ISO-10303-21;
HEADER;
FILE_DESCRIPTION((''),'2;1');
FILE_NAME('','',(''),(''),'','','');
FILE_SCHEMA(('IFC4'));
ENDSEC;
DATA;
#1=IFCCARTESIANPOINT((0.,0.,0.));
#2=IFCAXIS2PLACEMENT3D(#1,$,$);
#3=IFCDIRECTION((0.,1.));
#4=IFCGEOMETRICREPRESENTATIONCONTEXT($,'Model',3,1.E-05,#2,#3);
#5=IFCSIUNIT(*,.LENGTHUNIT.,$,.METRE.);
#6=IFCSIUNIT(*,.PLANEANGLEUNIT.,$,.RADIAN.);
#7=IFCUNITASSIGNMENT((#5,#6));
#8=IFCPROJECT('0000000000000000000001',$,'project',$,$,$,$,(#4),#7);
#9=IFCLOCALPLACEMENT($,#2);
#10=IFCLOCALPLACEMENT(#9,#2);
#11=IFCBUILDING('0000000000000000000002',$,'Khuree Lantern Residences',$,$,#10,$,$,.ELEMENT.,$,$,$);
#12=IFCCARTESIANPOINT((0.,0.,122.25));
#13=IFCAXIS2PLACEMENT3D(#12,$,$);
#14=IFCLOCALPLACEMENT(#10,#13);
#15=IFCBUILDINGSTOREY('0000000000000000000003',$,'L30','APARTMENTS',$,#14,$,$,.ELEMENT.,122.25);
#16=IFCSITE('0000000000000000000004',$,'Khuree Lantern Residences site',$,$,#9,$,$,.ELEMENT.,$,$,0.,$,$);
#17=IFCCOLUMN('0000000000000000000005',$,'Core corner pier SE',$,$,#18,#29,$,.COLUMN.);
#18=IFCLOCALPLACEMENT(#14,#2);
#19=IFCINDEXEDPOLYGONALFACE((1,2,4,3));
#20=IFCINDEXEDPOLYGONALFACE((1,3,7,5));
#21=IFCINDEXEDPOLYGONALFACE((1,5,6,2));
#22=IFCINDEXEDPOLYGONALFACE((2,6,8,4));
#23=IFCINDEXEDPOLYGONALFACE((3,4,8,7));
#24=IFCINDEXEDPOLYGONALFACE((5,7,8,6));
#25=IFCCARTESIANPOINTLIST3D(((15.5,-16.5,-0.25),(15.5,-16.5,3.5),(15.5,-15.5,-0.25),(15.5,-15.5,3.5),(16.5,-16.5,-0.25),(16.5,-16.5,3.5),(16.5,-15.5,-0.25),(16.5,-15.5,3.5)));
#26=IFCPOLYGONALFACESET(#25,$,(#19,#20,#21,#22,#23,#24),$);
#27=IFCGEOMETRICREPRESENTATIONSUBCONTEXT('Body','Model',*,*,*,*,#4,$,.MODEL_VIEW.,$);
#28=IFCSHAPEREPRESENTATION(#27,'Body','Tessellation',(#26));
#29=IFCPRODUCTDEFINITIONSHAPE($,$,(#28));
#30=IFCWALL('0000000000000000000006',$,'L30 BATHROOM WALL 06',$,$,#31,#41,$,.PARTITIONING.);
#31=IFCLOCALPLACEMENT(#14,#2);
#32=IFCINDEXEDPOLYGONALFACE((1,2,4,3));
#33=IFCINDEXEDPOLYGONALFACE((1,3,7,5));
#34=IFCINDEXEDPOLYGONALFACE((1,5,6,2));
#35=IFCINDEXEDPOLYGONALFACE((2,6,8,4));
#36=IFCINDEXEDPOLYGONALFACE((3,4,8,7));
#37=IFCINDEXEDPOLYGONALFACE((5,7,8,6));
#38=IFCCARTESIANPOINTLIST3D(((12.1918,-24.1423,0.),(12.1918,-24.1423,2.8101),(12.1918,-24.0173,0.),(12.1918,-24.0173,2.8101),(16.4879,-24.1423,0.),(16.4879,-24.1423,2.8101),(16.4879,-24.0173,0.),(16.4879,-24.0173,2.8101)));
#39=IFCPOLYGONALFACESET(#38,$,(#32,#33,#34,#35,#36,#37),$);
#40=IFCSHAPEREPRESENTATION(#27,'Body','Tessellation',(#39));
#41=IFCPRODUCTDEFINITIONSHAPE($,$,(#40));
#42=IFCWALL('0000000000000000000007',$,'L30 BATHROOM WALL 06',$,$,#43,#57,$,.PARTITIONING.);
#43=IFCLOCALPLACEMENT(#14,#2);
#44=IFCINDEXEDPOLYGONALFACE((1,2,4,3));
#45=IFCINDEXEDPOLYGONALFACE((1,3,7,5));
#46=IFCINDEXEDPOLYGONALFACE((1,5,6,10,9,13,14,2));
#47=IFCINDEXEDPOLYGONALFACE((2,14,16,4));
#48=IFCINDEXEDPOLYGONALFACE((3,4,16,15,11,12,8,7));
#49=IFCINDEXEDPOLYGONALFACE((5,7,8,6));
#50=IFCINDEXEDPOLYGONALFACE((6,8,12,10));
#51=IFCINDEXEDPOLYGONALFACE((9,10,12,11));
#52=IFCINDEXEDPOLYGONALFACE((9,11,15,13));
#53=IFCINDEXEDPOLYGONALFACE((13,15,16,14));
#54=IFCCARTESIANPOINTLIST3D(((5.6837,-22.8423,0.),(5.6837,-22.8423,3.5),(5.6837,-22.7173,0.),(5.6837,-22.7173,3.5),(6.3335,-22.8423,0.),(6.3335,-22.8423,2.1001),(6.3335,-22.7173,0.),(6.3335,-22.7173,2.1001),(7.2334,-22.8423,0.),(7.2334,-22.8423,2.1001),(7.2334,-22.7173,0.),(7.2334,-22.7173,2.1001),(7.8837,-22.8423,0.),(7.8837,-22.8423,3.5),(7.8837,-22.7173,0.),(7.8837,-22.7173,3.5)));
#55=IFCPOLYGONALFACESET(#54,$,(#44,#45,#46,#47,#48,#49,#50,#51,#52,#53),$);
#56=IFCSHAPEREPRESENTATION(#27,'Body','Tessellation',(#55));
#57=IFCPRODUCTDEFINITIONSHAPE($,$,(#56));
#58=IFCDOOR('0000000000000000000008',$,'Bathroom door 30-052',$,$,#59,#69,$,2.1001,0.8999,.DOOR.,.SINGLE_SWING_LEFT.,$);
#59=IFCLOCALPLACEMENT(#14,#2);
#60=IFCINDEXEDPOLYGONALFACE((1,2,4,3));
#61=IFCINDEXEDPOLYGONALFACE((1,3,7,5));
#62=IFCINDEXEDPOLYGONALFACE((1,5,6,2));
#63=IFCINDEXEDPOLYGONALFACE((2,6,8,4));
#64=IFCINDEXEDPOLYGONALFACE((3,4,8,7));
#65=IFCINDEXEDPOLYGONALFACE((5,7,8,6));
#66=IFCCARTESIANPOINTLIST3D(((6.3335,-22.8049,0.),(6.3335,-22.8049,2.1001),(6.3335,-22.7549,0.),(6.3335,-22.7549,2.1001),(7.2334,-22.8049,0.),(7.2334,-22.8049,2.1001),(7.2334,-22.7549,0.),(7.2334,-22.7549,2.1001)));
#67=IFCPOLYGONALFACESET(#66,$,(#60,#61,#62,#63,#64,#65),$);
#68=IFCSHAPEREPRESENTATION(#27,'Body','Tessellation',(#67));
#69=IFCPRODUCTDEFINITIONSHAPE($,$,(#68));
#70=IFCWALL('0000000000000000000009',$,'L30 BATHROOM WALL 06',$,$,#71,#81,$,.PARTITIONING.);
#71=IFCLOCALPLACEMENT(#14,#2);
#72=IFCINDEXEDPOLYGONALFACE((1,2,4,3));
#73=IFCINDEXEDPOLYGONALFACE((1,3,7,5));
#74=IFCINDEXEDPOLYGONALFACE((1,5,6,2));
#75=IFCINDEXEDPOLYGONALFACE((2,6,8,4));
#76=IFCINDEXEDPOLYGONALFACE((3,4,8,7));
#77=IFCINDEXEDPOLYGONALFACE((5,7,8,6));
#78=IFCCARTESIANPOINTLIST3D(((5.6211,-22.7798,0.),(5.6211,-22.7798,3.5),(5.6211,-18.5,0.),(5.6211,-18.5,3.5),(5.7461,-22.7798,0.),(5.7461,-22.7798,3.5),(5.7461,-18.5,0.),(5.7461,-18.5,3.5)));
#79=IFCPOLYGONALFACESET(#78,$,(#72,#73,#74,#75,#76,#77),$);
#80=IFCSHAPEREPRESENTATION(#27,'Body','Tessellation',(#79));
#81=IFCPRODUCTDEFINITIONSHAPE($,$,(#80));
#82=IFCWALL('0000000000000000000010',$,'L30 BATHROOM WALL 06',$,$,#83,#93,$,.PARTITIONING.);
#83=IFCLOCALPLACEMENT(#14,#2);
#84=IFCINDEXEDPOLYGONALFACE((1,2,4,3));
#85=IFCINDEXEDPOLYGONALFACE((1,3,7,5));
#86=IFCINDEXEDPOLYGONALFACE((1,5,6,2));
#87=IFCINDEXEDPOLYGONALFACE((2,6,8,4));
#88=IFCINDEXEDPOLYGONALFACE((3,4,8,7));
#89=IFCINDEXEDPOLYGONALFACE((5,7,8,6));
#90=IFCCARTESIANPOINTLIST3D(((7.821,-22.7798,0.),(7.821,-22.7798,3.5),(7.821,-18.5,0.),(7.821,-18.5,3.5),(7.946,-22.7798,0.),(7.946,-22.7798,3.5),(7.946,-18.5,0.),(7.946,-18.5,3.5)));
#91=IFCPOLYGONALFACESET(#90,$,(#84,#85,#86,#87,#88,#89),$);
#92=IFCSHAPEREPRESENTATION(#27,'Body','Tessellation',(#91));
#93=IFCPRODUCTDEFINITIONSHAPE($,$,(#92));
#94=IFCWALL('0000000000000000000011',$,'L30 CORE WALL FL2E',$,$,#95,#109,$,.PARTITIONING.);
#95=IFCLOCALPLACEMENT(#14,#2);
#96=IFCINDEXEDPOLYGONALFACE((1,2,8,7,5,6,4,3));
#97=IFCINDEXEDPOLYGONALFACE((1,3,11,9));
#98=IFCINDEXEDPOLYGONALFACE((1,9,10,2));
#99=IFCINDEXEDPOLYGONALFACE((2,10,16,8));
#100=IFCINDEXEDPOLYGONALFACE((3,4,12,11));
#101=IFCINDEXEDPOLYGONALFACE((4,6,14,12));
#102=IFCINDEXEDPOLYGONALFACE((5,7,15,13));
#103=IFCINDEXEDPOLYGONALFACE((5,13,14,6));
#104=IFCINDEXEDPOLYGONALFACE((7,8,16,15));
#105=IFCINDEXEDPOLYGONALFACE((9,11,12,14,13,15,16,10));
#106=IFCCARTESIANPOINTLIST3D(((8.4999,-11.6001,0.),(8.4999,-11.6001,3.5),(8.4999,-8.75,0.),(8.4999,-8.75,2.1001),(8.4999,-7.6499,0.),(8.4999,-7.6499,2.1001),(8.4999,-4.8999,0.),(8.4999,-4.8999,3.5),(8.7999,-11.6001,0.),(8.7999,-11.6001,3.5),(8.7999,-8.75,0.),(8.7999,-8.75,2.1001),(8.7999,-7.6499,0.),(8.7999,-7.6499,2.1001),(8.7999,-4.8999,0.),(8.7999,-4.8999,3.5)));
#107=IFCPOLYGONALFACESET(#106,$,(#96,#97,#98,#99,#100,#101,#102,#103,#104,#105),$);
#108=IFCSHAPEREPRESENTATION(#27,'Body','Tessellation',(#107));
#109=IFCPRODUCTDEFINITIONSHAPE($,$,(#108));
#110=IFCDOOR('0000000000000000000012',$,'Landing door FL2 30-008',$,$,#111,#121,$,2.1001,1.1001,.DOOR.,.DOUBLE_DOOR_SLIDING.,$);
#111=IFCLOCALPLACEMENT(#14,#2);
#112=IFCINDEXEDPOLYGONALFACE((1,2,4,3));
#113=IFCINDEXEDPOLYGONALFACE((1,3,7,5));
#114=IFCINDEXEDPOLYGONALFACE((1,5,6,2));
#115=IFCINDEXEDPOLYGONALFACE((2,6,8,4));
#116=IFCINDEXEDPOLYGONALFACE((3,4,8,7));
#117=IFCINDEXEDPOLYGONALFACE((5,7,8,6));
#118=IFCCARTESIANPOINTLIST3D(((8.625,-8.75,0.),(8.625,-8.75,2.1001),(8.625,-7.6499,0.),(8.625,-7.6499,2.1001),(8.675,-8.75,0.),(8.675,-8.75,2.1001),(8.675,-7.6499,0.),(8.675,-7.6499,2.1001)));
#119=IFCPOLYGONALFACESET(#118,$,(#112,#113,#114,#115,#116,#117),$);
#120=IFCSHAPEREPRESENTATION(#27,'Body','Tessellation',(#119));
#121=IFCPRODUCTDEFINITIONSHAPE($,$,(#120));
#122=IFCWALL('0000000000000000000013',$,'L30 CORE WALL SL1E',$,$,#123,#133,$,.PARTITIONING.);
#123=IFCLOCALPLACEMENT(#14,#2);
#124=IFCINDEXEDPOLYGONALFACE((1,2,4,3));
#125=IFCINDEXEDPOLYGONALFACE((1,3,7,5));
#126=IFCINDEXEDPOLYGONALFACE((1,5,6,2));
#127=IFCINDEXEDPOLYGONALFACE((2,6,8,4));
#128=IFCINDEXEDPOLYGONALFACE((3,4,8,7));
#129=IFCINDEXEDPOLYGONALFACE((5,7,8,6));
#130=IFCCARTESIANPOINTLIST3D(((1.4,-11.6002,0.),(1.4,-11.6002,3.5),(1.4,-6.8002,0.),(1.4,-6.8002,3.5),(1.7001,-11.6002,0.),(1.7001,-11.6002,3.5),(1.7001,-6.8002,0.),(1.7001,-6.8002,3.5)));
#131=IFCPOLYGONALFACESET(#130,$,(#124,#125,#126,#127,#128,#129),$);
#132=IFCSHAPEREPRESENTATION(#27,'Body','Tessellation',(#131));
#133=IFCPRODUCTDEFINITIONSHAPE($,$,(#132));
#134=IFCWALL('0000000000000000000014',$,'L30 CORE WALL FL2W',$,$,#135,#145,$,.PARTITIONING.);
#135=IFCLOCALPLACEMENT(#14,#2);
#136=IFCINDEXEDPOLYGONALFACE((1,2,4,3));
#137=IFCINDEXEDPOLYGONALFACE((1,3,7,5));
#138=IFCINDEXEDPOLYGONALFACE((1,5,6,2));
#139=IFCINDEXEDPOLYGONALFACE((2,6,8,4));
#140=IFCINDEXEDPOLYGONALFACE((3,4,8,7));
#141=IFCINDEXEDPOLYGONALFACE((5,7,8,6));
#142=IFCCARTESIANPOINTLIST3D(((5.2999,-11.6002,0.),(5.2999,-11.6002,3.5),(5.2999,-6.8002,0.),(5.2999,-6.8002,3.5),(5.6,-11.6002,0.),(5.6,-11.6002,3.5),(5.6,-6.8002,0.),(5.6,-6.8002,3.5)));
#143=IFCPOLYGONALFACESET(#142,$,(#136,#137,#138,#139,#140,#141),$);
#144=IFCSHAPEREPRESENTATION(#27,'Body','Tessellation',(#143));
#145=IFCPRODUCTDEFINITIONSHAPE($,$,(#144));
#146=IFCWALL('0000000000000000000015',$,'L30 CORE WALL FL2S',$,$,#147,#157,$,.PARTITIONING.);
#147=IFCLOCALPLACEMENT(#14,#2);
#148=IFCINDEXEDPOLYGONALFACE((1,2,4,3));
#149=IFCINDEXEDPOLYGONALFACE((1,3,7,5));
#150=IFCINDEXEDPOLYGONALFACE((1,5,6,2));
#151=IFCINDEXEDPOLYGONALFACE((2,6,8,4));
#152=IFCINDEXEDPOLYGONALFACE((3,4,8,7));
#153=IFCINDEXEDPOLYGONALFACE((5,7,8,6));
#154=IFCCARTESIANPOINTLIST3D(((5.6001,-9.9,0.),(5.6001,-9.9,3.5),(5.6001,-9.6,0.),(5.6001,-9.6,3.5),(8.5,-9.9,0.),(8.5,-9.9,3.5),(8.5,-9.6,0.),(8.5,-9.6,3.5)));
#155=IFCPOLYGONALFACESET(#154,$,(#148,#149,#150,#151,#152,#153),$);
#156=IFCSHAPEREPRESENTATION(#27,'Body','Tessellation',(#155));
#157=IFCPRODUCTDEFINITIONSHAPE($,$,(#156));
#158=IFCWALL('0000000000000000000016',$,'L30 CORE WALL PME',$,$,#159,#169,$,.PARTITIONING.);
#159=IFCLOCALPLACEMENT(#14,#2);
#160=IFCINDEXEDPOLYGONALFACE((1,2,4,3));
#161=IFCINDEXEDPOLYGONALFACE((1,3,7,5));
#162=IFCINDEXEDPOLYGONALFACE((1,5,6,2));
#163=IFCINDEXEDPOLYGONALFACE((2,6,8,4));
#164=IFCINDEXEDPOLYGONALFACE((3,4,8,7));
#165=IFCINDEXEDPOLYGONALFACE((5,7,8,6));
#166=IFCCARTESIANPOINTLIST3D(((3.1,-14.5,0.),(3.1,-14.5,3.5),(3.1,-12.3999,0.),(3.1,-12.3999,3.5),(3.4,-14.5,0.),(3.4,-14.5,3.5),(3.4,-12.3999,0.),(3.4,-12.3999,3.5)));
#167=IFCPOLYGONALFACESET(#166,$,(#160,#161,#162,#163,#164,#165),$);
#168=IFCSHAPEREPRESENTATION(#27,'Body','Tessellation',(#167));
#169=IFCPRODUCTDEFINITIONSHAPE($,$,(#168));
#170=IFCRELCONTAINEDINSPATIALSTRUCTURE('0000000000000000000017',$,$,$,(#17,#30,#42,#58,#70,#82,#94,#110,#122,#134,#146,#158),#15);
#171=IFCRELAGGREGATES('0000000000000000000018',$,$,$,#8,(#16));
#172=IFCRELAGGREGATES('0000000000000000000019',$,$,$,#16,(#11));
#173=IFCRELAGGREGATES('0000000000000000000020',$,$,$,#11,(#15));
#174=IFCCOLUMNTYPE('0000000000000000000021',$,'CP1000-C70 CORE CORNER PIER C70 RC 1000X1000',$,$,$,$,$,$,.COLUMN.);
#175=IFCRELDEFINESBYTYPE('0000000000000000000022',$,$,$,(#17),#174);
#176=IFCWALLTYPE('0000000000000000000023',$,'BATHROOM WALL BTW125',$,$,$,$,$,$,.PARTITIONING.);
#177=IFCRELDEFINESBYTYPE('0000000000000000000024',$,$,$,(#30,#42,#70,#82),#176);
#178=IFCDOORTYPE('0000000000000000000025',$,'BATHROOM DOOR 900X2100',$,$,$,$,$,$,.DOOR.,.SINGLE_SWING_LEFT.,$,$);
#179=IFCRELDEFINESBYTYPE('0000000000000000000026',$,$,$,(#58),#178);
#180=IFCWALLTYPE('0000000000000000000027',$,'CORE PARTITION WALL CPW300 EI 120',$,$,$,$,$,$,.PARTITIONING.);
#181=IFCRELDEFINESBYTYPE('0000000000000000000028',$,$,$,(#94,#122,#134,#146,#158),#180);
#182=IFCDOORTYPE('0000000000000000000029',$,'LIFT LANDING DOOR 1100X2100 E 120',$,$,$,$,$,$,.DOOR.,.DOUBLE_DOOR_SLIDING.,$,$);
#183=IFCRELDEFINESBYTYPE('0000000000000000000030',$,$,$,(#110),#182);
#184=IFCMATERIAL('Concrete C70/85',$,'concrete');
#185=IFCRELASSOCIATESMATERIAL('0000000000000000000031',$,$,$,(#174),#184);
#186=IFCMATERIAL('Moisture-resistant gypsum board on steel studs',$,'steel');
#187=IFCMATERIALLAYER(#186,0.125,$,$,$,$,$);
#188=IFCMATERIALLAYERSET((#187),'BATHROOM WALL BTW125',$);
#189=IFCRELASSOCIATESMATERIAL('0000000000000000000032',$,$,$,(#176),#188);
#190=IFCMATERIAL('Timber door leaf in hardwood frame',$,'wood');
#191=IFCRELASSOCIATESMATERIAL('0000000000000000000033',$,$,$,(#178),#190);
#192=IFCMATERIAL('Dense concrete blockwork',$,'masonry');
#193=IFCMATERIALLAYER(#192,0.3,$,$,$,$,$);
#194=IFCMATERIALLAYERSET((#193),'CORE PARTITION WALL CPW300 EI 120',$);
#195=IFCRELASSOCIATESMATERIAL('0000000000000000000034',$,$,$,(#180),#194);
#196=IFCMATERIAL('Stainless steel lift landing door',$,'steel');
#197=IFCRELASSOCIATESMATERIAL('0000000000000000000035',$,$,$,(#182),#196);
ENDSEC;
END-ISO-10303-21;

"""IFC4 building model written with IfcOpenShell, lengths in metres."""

from ifc_helpers import new_model, si_unit, direction, frame, frame_2d, origin, origin_2d, place, context, subcontext, project, spatial, rectangle, extrude, material, layer, layer_set, material_profile, profile_set, type_object, element, fill, save


model = new_model("IFC4")

# Units and contexts
model_context = context("Model", 3, precision=1e-05, world=origin(), true_north=direction((0.0, 1.0)))
body_context = subcontext(model_context, "Body", "Model", "MODEL_VIEW")
ifc_project = project(units=[si_unit("LENGTHUNIT", "METRE"), si_unit("PLANEANGLEUNIT", "RADIAN")], contexts=[model_context])

# Site, building, storey
site_placement = place(None, origin())
site = spatial("IfcSite", under=ifc_project, at=site_placement, Name="Khuree Lantern Residences site", CompositionType="ELEMENT", RefElevation=0.0)
building_placement = place(site_placement, origin())
building = spatial("IfcBuilding", under=site, at=building_placement, Name="Khuree Lantern Residences", CompositionType="ELEMENT")
storey_placement = place(building_placement, frame((0.0, 0.0, 122.25)))
storey = spatial("IfcBuildingStorey", under=building, at=storey_placement, Name="L30", Description="APARTMENTS", CompositionType="ELEMENT", Elevation=122.25)

# Column
ifc_material_1 = material(Name="Concrete C70/85", Category="concrete")
ifc_material_profile = material_profile(ifc_material_1, rectangle(XDim=1.0, YDim=1.0, at=origin_2d()), Name="RC 1000X1000")
ifc_profile_set = profile_set([ifc_material_profile], Name="Concrete C70/85")
column_type = type_object("IfcColumnType", Name="CP1000-C70 CORE CORNER PIER C70 RC 1000X1000", PredefinedType="COLUMN", material=ifc_profile_set)
column_placement = place(storey_placement, frame((16.0, -16.0, -0.25), z_axis=(0.0, 0.0, 1.0), x_axis=(1.0, 0.0, 0.0)))
element("IfcColumn", 1, at=column_placement, inside=storey, type_object=column_type, Name="Core corner pier SE", PredefinedType="COLUMN", context=body_context, shape_type="SweptSolid", body=[
    extrude(rectangle(XDim=1.0, YDim=1.0, at=origin_2d()), origin(), (0.0, 0.0, 1.0), 3.75),
])

# Wall
ifc_material_2 = material(Name="Moisture-resistant gypsum board on steel studs", Category="steel")
ifc_layer_1 = layer(ifc_material_2, 0.125)
ifc_layer_set_1 = layer_set([ifc_layer_1], Name="BATHROOM WALL BTW125")
wall_type_1 = type_object("IfcWallType", Name="BATHROOM WALL BTW125", PredefinedType="PARTITIONING", material=ifc_layer_set_1)
wall_1_placement = place(storey_placement, frame((12.1919, -24.0798, 0.0), z_axis=(0.0, 0.0, 1.0), x_axis=(1.0, 0.0, 0.0)))
element("IfcWall", 2, at=wall_1_placement, inside=storey, type_object=wall_type_1, Name="L30 BATHROOM WALL 06", PredefinedType="PARTITIONING", context=body_context, shape_type="SweptSolid", body=[
    extrude(rectangle(XDim=4.2961, YDim=0.125, at=frame_2d((2.1479, 0.0))), origin(), (0.0, 0.0, 1.0), 2.8101),
])

# Wall, opening, door
wall_2_placement = place(storey_placement, frame((5.6836, -22.7798, 0.0), z_axis=(0.0, 0.0, 1.0), x_axis=(1.0, 0.0, 0.0)))
wall_2 = element("IfcWall", 3, at=wall_2_placement, inside=storey, type_object=wall_type_1, Name="L30 BATHROOM WALL 06", PredefinedType="PARTITIONING", context=body_context, shape_type="SweptSolid", body=[
    extrude(rectangle(XDim=2.2, YDim=0.125, at=frame_2d((1.1001, 0.0))), origin(), (0.0, 0.0, 1.0), 3.5),
])
opening_1_placement = place(wall_2_placement, frame((0.6499, 0.0, 0.0)))
opening_1 = element("IfcOpeningElement", 4, at=opening_1_placement, cuts=wall_2, PredefinedType="OPENING", context=body_context, shape_type="SweptSolid", body=[
    extrude(rectangle(XDim=0.8999, YDim=2.1001, at=frame_2d((0.45, 1.05))), frame((0.0, 0.0725, 0.0), z_axis=(0.0, -1.0, 0.0), x_axis=(1.0, 0.0, 0.0)), (0.0, 0.0, 1.0), 0.145),
])
ifc_material_3 = material(Name="Timber door leaf in hardwood frame", Category="wood")
door_type_1 = type_object("IfcDoorType", Name="BATHROOM DOOR 900X2100", OperationType="SINGLE_SWING_LEFT", PredefinedType="DOOR", material=ifc_material_3)
door_1_placement = place(opening_1_placement, origin())
door_1 = element("IfcDoor", 5, at=door_1_placement, inside=storey, type_object=door_type_1, Name="Bathroom door 30-052", OperationType="SINGLE_SWING_LEFT", OverallHeight=2.1001, OverallWidth=0.8999, PredefinedType="DOOR", context=body_context, shape_type="SweptSolid", body=[
    extrude(rectangle(XDim=0.8999, YDim=2.1001, at=frame_2d((0.45, 1.05))), frame((0.0, 0.0249, 0.0), z_axis=(0.0, -1.0, 0.0), x_axis=(1.0, 0.0, 0.0)), (0.0, 0.0, 1.0), 0.05),
])
fill(opening_1, door_1)

# Walls
for number, where, z_axis, x_axis, name in (
    (6, (5.6836, -18.5, 0.0), (0.0, 0.0, 1.0), (0.0, -1.0, 0.0), "L30 BATHROOM WALL 06"),
    (7, (7.8835, -18.5, 0.0), (0.0, 0.0, 1.0), (0.0, -1.0, 0.0), "L30 BATHROOM WALL 06"),
):
    element("IfcWall", number, at=place(storey_placement, frame(where, z_axis=z_axis, x_axis=x_axis)), inside=storey, type_object=wall_type_1, Name=name, PredefinedType="PARTITIONING", context=body_context, shape_type="SweptSolid", body=[
        extrude(rectangle(XDim=4.2798, YDim=0.125, at=frame_2d((2.1399, 0.0))), origin(), (0.0, 0.0, 1.0), 3.5),
    ])

# Wall, opening, door
ifc_material_4 = material(Name="Dense concrete blockwork", Category="masonry")
ifc_layer_2 = layer(ifc_material_4, 0.3)
ifc_layer_set_2 = layer_set([ifc_layer_2], Name="CORE PARTITION WALL CPW300 EI 120")
wall_type_2 = type_object("IfcWallType", Name="CORE PARTITION WALL CPW300 EI 120", PredefinedType="PARTITIONING", material=ifc_layer_set_2)
wall_3_placement = place(storey_placement, frame((8.6499, -11.6001, 0.0), z_axis=(0.0, 0.0, 1.0), x_axis=(0.0, 1.0, 0.0)))
wall_3 = element("IfcWall", 8, at=wall_3_placement, inside=storey, type_object=wall_type_2, Name="L30 CORE WALL FL2E", PredefinedType="PARTITIONING", context=body_context, shape_type="SweptSolid", body=[
    extrude(rectangle(XDim=6.7002, YDim=0.3, at=frame_2d((3.3501, 0.0))), origin(), (0.0, 0.0, 1.0), 3.5),
])
opening_2_placement = place(wall_3_placement, frame((2.8501, 0.0, 0.0)))
opening_2 = element("IfcOpeningElement", 9, at=opening_2_placement, cuts=wall_3, PredefinedType="OPENING", context=body_context, shape_type="SweptSolid", body=[
    extrude(rectangle(XDim=1.1001, YDim=2.1001, at=frame_2d((0.55, 1.05))), frame((0.0, 0.1602, 0.0), z_axis=(0.0, -1.0, 0.0), x_axis=(1.0, 0.0, 0.0)), (0.0, 0.0, 1.0), 0.3201),
])
ifc_material_5 = material(Name="Stainless steel lift landing door", Category="steel")
door_type_2 = type_object("IfcDoorType", Name="LIFT LANDING DOOR 1100X2100 E 120", OperationType="DOUBLE_DOOR_SLIDING", PredefinedType="DOOR", material=ifc_material_5)
door_2_placement = place(opening_2_placement, origin())
door_2 = element("IfcDoor", 10, at=door_2_placement, inside=storey, type_object=door_type_2, Name="Landing door FL2 30-008", OperationType="DOUBLE_DOOR_SLIDING", OverallHeight=2.1001, OverallWidth=1.1001, PredefinedType="DOOR", context=body_context, shape_type="SweptSolid", body=[
    extrude(rectangle(XDim=1.1001, YDim=2.1001, at=frame_2d((0.55, 1.05))), frame((0.0, 0.0249, 0.0), z_axis=(0.0, -1.0, 0.0), x_axis=(1.0, 0.0, 0.0)), (0.0, 0.0, 1.0), 0.05),
])
fill(opening_2, door_2)

# Walls
for number, where, z_axis, x_axis, name in (
    (11, (1.55, -11.6001, 0.0), (0.0, 0.0, 1.0), (0.0, 1.0, 0.0), "L30 CORE WALL SL1E"),
    (12, (5.45, -11.6001, 0.0), (0.0, 0.0, 1.0), (0.0, 1.0, 0.0), "L30 CORE WALL FL2W"),
):
    element("IfcWall", number, at=place(storey_placement, frame(where, z_axis=z_axis, x_axis=x_axis)), inside=storey, type_object=wall_type_2, Name=name, PredefinedType="PARTITIONING", context=body_context, shape_type="SweptSolid", body=[
        extrude(rectangle(XDim=4.8, YDim=0.3, at=frame_2d((2.3999, 0.0))), origin(), (0.0, 0.0, 1.0), 3.5),
    ])
wall_4_placement = place(storey_placement, frame((5.6001, -9.75, 0.0), z_axis=(0.0, 0.0, 1.0), x_axis=(1.0, 0.0, 0.0)))
element("IfcWall", 13, at=wall_4_placement, inside=storey, type_object=wall_type_2, Name="L30 CORE WALL FL2S", PredefinedType="PARTITIONING", context=body_context, shape_type="SweptSolid", body=[
    extrude(rectangle(XDim=2.8999, YDim=0.3, at=frame_2d((1.45, 0.0))), origin(), (0.0, 0.0, 1.0), 3.5),
])
wall_5_placement = place(storey_placement, frame((3.25, -14.5, 0.0), z_axis=(0.0, 0.0, 1.0), x_axis=(0.0, 1.0, 0.0)))
element("IfcWall", 14, at=wall_5_placement, inside=storey, type_object=wall_type_2, Name="L30 CORE WALL PME", PredefinedType="PARTITIONING", context=body_context, shape_type="SweptSolid", body=[
    extrude(rectangle(XDim=2.1001, YDim=0.3, at=frame_2d((1.05, 0.0))), origin(), (0.0, 0.0, 1.0), 3.5),
])

save(model, "model.ifc")
